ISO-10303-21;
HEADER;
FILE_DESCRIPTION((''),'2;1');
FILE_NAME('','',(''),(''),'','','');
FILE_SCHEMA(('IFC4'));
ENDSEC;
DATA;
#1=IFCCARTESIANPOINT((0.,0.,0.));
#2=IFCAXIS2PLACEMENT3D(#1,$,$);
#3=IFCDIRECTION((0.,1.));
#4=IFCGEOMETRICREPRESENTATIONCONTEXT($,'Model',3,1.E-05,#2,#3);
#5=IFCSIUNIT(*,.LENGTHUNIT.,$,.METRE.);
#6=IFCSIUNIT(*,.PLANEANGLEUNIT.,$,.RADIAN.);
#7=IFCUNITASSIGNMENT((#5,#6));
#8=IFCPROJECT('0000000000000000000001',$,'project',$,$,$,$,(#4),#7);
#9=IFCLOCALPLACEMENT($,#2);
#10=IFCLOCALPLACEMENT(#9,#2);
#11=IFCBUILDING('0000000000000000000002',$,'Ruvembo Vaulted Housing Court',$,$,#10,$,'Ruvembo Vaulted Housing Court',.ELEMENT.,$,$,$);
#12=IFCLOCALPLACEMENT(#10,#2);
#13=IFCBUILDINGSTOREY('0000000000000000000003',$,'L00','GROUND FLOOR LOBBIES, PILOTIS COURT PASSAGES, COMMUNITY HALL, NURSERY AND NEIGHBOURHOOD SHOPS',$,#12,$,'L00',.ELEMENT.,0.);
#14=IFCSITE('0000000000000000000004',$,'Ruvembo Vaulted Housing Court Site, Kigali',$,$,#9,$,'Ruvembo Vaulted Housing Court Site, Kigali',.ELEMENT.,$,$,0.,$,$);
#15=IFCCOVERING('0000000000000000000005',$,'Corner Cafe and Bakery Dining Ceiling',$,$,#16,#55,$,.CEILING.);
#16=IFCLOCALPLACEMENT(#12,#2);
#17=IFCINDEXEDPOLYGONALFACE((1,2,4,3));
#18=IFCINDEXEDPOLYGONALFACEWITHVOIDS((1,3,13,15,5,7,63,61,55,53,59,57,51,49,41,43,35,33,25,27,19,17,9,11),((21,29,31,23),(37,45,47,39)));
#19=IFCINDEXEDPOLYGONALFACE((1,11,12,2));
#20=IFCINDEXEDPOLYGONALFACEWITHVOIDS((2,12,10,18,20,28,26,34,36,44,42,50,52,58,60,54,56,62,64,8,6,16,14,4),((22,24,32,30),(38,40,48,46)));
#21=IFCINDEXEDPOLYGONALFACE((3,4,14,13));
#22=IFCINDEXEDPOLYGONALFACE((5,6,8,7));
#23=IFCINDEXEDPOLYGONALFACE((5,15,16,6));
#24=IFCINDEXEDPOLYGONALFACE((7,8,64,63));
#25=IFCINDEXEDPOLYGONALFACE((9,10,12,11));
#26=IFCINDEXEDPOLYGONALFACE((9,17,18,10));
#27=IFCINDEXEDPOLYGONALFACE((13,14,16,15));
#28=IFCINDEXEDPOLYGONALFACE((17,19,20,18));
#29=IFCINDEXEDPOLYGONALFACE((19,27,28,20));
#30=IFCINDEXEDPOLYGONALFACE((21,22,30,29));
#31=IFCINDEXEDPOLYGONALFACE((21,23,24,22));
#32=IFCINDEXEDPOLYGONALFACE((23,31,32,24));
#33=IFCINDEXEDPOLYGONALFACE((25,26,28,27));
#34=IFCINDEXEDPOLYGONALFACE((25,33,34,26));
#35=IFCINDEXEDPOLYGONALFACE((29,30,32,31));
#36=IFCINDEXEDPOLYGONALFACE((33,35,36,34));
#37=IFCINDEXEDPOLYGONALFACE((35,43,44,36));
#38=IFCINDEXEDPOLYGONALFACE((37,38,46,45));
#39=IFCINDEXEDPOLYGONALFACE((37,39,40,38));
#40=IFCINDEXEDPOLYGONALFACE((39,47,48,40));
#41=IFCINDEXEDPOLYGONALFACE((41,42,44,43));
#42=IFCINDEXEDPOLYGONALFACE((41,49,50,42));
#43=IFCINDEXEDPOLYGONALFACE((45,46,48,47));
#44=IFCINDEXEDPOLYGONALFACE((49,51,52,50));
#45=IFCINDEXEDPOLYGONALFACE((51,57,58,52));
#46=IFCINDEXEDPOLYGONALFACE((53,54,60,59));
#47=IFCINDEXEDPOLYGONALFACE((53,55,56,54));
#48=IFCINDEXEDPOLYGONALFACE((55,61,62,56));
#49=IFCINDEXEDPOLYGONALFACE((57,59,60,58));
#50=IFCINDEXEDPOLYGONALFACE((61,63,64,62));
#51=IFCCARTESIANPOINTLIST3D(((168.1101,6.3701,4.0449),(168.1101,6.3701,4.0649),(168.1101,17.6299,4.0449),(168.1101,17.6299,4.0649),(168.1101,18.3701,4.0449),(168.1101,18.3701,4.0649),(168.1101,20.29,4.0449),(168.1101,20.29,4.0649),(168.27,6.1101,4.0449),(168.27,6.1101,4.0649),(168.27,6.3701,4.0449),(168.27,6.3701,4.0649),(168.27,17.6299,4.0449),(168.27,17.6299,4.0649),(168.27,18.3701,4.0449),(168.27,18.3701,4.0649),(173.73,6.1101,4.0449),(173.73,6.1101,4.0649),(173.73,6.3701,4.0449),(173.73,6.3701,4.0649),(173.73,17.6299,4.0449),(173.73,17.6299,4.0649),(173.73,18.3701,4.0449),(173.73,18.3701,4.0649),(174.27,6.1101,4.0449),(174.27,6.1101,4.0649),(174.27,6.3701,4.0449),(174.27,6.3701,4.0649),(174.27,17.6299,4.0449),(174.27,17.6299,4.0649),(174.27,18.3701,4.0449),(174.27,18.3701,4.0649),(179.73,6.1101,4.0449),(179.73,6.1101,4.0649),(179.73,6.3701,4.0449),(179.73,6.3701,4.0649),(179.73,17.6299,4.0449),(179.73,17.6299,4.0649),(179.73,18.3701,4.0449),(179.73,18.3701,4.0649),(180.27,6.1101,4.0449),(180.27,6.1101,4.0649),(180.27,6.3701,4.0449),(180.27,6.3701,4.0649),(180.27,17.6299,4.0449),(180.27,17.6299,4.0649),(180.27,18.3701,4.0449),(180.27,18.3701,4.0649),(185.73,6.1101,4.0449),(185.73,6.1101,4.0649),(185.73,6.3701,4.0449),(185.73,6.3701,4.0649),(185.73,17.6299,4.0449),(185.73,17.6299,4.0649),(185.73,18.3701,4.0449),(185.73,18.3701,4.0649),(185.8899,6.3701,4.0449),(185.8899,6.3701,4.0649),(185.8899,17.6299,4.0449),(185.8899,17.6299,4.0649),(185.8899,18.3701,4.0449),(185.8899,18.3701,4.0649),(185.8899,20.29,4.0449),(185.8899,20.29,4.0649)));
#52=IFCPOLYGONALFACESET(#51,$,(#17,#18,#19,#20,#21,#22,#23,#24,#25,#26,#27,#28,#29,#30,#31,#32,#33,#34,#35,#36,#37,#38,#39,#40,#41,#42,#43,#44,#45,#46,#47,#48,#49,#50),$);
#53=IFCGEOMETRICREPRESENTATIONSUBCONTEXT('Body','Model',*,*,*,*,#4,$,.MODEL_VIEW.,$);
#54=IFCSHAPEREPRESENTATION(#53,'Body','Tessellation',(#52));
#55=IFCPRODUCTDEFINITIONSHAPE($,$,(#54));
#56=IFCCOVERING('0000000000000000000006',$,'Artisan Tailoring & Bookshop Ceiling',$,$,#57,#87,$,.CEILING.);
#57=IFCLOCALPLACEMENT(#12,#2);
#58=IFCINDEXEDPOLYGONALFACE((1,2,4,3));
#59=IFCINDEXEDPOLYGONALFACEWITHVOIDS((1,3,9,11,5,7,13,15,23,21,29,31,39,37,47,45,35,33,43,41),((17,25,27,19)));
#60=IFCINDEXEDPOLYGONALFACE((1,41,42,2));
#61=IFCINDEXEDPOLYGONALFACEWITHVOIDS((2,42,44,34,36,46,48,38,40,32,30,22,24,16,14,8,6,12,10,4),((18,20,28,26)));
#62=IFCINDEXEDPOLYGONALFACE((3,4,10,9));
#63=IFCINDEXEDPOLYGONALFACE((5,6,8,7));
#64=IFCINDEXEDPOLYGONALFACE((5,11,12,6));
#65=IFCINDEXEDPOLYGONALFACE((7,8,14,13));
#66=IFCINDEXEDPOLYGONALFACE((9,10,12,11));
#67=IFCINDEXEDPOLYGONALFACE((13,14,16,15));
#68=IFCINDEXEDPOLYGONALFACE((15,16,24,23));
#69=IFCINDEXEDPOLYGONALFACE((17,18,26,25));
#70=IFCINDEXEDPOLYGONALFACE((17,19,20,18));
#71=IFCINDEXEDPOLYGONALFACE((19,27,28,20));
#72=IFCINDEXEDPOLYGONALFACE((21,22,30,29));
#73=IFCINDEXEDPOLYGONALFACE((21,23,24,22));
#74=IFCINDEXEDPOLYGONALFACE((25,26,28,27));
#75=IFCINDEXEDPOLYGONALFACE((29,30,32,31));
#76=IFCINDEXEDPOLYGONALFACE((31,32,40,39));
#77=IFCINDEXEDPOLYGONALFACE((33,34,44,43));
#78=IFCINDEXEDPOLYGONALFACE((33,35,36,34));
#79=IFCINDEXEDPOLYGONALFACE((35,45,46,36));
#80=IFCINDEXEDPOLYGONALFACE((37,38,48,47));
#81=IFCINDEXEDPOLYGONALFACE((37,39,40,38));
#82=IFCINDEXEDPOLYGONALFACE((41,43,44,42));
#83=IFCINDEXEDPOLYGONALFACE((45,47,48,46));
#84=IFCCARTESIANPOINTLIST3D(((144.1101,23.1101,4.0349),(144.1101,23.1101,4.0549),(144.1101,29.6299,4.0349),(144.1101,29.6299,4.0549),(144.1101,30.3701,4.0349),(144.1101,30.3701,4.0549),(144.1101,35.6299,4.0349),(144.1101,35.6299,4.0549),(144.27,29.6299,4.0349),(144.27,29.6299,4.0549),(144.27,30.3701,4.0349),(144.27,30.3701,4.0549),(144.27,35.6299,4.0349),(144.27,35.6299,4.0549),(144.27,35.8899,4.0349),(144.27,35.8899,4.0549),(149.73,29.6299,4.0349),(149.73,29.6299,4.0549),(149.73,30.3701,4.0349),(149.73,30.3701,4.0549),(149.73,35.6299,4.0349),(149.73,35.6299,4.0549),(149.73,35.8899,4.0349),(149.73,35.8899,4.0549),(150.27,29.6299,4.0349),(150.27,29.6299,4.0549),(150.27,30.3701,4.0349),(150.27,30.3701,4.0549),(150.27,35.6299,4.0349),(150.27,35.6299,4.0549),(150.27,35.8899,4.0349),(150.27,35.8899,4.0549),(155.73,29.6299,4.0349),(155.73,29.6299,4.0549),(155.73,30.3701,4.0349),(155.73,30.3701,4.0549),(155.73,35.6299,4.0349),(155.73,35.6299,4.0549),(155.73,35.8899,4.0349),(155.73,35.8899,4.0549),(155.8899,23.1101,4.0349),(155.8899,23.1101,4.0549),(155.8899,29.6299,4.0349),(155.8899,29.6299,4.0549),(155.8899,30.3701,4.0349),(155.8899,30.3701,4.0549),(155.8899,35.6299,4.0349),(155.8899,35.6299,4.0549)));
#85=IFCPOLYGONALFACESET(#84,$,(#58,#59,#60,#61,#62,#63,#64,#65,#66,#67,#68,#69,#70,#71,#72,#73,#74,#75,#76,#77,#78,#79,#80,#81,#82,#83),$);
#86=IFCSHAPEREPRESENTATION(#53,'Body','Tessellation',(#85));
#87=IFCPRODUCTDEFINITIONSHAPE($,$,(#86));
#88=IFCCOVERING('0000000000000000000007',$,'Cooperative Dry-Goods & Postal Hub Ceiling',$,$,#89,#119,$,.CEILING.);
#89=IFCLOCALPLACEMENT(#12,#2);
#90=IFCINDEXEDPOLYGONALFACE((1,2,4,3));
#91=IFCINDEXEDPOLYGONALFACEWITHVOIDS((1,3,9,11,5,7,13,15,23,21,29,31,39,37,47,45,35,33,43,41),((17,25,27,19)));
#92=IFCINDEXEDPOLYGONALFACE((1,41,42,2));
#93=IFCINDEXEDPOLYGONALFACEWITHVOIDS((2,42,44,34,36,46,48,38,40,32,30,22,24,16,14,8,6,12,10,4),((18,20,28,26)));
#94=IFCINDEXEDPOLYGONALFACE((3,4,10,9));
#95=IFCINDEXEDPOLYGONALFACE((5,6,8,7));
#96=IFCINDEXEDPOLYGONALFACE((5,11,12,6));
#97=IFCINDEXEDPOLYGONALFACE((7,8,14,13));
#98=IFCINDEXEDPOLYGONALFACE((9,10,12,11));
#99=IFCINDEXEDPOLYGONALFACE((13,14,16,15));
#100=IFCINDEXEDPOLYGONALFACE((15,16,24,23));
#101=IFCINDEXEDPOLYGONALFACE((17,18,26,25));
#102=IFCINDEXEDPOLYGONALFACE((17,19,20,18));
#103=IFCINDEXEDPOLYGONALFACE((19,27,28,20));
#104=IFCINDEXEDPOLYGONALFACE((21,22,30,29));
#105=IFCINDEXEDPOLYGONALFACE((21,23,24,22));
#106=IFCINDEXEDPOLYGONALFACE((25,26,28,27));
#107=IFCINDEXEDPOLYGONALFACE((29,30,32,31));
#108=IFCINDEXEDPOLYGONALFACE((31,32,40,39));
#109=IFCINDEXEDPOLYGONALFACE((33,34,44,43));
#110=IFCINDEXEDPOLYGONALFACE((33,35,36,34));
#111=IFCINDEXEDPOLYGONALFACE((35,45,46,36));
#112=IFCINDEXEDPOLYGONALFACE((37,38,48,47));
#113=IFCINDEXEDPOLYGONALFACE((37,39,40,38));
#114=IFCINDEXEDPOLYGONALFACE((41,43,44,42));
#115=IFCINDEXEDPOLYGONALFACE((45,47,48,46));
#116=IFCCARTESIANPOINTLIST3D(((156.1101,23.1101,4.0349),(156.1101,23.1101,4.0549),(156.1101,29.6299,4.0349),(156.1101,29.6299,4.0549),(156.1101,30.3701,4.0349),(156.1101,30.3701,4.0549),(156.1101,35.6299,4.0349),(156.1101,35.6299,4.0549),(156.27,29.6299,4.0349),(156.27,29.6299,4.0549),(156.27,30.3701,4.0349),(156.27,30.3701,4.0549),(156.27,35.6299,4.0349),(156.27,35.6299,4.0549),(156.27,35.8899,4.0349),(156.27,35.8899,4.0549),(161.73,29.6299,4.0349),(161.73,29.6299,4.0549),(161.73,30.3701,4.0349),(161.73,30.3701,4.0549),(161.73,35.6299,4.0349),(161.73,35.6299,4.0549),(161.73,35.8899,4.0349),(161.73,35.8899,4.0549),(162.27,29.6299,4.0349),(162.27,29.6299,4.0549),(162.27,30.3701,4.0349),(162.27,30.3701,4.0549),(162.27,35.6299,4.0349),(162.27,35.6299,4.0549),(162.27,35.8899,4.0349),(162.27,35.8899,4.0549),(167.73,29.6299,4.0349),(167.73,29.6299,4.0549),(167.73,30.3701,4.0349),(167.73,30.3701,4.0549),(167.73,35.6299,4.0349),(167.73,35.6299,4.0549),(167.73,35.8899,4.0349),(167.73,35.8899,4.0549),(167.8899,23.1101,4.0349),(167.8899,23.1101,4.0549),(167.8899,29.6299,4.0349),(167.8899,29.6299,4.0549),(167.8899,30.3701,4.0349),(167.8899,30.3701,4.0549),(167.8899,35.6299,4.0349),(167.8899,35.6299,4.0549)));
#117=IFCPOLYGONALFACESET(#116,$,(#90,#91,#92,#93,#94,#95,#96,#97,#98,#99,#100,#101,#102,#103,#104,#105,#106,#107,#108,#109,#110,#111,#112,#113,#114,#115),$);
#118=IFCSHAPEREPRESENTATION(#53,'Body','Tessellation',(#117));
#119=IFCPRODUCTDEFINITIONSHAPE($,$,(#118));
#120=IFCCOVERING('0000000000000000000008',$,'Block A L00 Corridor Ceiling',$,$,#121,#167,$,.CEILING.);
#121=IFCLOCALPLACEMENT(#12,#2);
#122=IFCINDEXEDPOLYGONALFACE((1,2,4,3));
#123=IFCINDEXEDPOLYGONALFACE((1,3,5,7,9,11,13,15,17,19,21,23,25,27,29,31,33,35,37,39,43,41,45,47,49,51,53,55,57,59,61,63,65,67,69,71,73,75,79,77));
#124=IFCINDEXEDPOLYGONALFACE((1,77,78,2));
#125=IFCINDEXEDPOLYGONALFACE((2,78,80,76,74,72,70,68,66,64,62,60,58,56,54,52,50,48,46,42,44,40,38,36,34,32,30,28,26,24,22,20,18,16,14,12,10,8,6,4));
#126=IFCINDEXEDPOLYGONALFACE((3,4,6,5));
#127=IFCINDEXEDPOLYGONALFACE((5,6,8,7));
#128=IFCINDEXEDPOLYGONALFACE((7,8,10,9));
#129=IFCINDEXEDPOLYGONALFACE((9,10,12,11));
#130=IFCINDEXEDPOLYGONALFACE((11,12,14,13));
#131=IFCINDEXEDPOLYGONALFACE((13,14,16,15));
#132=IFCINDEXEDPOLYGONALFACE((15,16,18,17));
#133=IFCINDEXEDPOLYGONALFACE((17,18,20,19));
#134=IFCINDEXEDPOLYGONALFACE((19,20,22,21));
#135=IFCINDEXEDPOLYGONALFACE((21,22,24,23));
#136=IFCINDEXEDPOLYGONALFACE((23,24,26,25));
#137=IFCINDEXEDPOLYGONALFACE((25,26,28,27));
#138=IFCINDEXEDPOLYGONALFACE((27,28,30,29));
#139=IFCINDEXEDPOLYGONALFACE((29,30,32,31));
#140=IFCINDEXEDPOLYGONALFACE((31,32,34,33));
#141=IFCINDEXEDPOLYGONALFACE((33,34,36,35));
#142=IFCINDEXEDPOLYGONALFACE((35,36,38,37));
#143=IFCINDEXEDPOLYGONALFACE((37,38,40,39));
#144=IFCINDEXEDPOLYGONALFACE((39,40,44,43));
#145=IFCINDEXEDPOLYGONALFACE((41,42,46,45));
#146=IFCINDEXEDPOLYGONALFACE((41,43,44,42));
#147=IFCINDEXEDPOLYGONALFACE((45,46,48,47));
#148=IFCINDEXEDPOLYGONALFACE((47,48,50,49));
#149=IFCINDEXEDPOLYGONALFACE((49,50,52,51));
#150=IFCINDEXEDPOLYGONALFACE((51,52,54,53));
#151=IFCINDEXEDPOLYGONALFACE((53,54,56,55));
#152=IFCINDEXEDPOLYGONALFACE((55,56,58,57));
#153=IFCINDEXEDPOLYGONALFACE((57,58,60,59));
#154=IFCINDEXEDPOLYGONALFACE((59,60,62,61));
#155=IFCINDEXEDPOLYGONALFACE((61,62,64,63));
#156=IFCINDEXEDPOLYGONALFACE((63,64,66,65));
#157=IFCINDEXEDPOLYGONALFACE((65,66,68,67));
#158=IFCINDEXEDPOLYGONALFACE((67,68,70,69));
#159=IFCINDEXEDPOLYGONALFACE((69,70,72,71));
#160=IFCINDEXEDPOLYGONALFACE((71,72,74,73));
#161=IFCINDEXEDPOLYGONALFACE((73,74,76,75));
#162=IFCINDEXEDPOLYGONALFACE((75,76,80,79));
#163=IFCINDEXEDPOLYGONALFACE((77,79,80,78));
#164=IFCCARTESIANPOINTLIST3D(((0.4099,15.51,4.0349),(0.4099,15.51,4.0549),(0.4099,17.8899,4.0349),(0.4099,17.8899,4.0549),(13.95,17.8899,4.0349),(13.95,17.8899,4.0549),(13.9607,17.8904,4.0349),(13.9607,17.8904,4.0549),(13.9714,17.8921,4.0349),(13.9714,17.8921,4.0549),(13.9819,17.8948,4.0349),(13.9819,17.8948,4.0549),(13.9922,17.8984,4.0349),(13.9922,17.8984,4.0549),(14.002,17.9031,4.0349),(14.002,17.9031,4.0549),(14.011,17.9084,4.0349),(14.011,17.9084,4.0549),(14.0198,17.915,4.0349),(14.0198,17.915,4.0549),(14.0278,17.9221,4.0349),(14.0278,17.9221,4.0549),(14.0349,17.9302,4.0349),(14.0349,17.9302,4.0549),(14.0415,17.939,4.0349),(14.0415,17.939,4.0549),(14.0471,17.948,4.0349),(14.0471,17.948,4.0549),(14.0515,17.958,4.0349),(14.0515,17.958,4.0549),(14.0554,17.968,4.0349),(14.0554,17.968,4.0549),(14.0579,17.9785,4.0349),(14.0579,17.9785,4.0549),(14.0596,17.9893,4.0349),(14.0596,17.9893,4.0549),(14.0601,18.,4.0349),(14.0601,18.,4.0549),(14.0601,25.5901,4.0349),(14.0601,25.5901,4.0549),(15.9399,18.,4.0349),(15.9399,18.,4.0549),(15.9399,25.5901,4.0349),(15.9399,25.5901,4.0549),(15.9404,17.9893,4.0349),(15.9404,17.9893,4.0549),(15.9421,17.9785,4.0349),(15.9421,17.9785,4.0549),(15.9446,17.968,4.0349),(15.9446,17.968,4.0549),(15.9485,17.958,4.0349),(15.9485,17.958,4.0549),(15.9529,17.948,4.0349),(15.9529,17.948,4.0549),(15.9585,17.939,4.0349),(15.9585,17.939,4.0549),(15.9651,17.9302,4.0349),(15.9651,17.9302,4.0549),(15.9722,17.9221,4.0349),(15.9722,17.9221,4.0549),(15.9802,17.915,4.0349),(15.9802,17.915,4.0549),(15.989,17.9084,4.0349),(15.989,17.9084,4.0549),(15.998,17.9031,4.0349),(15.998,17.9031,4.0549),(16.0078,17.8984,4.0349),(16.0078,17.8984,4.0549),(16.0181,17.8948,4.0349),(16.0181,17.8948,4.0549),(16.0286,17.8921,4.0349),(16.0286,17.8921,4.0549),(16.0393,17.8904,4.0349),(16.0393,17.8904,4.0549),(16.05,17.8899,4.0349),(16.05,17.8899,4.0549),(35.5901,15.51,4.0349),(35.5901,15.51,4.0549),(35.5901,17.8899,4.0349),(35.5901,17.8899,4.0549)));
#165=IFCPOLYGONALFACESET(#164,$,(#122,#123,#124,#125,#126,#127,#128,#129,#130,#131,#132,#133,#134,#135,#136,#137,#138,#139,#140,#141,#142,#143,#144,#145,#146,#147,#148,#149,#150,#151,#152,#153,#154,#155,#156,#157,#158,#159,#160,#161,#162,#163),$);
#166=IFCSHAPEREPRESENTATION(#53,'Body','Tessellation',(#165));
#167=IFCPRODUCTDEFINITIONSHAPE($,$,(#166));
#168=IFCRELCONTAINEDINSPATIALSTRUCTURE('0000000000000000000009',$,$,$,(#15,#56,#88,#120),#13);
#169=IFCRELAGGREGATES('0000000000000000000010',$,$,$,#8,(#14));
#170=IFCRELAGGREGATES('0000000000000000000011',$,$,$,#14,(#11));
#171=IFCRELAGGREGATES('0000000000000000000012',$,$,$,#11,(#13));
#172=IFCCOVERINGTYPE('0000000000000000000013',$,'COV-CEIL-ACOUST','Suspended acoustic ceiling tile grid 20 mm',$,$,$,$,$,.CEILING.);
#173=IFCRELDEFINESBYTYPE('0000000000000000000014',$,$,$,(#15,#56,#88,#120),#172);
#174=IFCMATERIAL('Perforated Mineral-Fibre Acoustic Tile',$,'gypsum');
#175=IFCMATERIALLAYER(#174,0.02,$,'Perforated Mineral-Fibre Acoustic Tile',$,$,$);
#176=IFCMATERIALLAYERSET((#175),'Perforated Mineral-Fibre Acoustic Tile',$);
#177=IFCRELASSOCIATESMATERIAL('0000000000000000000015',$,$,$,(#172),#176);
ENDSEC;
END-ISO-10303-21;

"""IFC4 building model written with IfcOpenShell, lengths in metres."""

from ifc_helpers import new_model, si_unit, direction, frame, origin, place, context, subcontext, project, spatial, polyline, outline, extrude, material, layer, layer_set, type_object, element, save


model = new_model("IFC4")

# Units and contexts
model_context = context("Model", 3, precision=1e-05, world=origin(), true_north=direction((0.0, 1.0)))
body_context = subcontext(model_context, "Body", "Model", "MODEL_VIEW")
ifc_project = project(units=[si_unit("LENGTHUNIT", "METRE"), si_unit("PLANEANGLEUNIT", "RADIAN")], contexts=[model_context])

# Site, building, storey
site_placement = place(None, origin())
site = spatial("IfcSite", under=ifc_project, at=site_placement, Name="Ruvembo Vaulted Housing Court Site, Kigali", LongName="Ruvembo Vaulted Housing Court Site, Kigali", CompositionType="ELEMENT", RefElevation=0.0)
building_placement = place(site_placement, origin())
building = spatial("IfcBuilding", under=site, at=building_placement, Name="Ruvembo Vaulted Housing Court", LongName="Ruvembo Vaulted Housing Court", CompositionType="ELEMENT")
storey_placement = place(building_placement, origin())
storey = spatial("IfcBuildingStorey", under=building, at=storey_placement, Name="L00", Description="GROUND FLOOR LOBBIES, PILOTIS COURT PASSAGES, COMMUNITY HALL, NURSERY AND NEIGHBOURHOOD SHOPS", LongName="L00", CompositionType="ELEMENT", Elevation=0.0)

# Coverings
ifc_material_1 = material(Name="Perforated Mineral-Fibre Acoustic Tile", Category="gypsum")
ifc_layer_1 = layer(ifc_material_1, 0.02, Name="Perforated Mineral-Fibre Acoustic Tile")
ifc_layer_set_1 = layer_set([ifc_layer_1], Name="Perforated Mineral-Fibre Acoustic Tile")
covering_type_1 = type_object("IfcCoveringType", Name="COV-CEIL-ACOUST", Description="Suspended acoustic ceiling tile grid 20 mm", PredefinedType="CEILING", material=ifc_layer_set_1)
covering_1_placement = place(storey_placement, frame((0.0, 0.0, 4.0449)))
element("IfcCovering", 1, at=covering_1_placement, inside=storey, type_object=covering_type_1, Name="Corner Cafe and Bakery Dining Ceiling", PredefinedType="CEILING", context=body_context, shape_type="SweptSolid", body=[
    extrude(outline(polyline([(168.27, 18.3701), (168.27, 17.6299), (168.1101, 17.6299), (168.1101, 6.3701), (168.27, 6.3701), (168.27, 6.1101), (173.73, 6.1101), (173.73, 6.3701), (174.27, 6.3701), (174.27, 6.1101), (179.73, 6.1101), (179.73, 6.3701), (180.27, 6.3701), (180.27, 6.1101), (185.73, 6.1101), (185.73, 6.3701), (185.8899, 6.3701), (185.8899, 17.6299), (185.73, 17.6299), (185.73, 18.3701), (185.8899, 18.3701), (185.8899, 20.29), (168.1101, 20.29), (168.1101, 18.3701), (168.27, 18.3701)]), holes=[polyline([(179.73, 17.6299), (180.27, 17.6299), (180.27, 18.3701), (179.73, 18.3701), (179.73, 17.6299)]), polyline([(174.27, 17.6299), (174.27, 18.3701), (173.73, 18.3701), (173.73, 17.6299), (174.27, 17.6299)])]), origin(), (0.0, 0.0, 1.0), 0.02),
])
covering_2_placement = place(storey_placement, frame((0.0, 0.0, 4.0349)))
element("IfcCovering", 2, at=covering_2_placement, inside=storey, type_object=covering_type_1, Name="Artisan Tailoring & Bookshop Ceiling", PredefinedType="CEILING", context=body_context, shape_type="SweptSolid", body=[
    extrude(outline(polyline([(144.27, 30.3701), (144.27, 29.6299), (144.1101, 29.6299), (144.1101, 23.1101), (155.8899, 23.1101), (155.8899, 29.6299), (155.73, 29.6299), (155.73, 30.3701), (155.8899, 30.3701), (155.8899, 35.6299), (155.73, 35.6299), (155.73, 35.8899), (150.27, 35.8899), (150.27, 35.6299), (149.73, 35.6299), (149.73, 35.8899), (144.27, 35.8899), (144.27, 35.6299), (144.1101, 35.6299), (144.1101, 30.3701), (144.27, 30.3701)]), holes=[polyline([(149.73, 29.6299), (150.27, 29.6299), (150.27, 30.3701), (149.73, 30.3701), (149.73, 29.6299)])]), origin(), (0.0, 0.0, 1.0), 0.02),
])
covering_3_placement = place(storey_placement, frame((0.0, 0.0, 4.0349)))
element("IfcCovering", 3, at=covering_3_placement, inside=storey, type_object=covering_type_1, Name="Cooperative Dry-Goods & Postal Hub Ceiling", PredefinedType="CEILING", context=body_context, shape_type="SweptSolid", body=[
    extrude(outline(polyline([(156.27, 30.3701), (156.27, 29.6299), (156.1101, 29.6299), (156.1101, 23.1101), (167.8899, 23.1101), (167.8899, 29.6299), (167.73, 29.6299), (167.73, 30.3701), (167.8899, 30.3701), (167.8899, 35.6299), (167.73, 35.6299), (167.73, 35.8899), (162.27, 35.8899), (162.27, 35.6299), (161.73, 35.6299), (161.73, 35.8899), (156.27, 35.8899), (156.27, 35.6299), (156.1101, 35.6299), (156.1101, 30.3701), (156.27, 30.3701)]), holes=[polyline([(161.73, 29.6299), (162.27, 29.6299), (162.27, 30.3701), (161.73, 30.3701), (161.73, 29.6299)])]), origin(), (0.0, 0.0, 1.0), 0.02),
])
covering_4_placement = place(storey_placement, frame((0.0, 0.0, 4.0349)))
element("IfcCovering", 4, at=covering_4_placement, inside=storey, type_object=covering_type_1, Name="Block A L00 Corridor Ceiling", PredefinedType="CEILING", context=body_context, shape_type="SweptSolid", body=[
    extrude(outline(polyline([(13.95, 17.8899), (0.4099, 17.8899), (0.4099, 15.51), (35.5901, 15.51), (35.5901, 17.8899), (16.05, 17.8899), (16.0393, 17.8904), (16.0286, 17.8921), (16.0181, 17.8948), (16.0078, 17.8984), (15.998, 17.9031), (15.989, 17.9084), (15.9802, 17.915), (15.9722, 17.9221), (15.9651, 17.9302), (15.9585, 17.939), (15.9529, 17.948), (15.9485, 17.958), (15.9446, 17.968), (15.9421, 17.9785), (15.9404, 17.9893), (15.9399, 18.0), (15.9399, 25.5901), (14.0601, 25.5901), (14.0601, 18.0), (14.0596, 17.9893), (14.0579, 17.9785), (14.0554, 17.968), (14.0515, 17.958), (14.0471, 17.948), (14.0415, 17.939), (14.0349, 17.9302), (14.0278, 17.9221), (14.0198, 17.915), (14.011, 17.9084), (14.002, 17.9031), (13.9922, 17.8984), (13.9819, 17.8948), (13.9714, 17.8921), (13.9607, 17.8904), (13.95, 17.8899)])), origin(), (0.0, 0.0, 1.0), 0.02),
])

save(model, "model.ifc")
